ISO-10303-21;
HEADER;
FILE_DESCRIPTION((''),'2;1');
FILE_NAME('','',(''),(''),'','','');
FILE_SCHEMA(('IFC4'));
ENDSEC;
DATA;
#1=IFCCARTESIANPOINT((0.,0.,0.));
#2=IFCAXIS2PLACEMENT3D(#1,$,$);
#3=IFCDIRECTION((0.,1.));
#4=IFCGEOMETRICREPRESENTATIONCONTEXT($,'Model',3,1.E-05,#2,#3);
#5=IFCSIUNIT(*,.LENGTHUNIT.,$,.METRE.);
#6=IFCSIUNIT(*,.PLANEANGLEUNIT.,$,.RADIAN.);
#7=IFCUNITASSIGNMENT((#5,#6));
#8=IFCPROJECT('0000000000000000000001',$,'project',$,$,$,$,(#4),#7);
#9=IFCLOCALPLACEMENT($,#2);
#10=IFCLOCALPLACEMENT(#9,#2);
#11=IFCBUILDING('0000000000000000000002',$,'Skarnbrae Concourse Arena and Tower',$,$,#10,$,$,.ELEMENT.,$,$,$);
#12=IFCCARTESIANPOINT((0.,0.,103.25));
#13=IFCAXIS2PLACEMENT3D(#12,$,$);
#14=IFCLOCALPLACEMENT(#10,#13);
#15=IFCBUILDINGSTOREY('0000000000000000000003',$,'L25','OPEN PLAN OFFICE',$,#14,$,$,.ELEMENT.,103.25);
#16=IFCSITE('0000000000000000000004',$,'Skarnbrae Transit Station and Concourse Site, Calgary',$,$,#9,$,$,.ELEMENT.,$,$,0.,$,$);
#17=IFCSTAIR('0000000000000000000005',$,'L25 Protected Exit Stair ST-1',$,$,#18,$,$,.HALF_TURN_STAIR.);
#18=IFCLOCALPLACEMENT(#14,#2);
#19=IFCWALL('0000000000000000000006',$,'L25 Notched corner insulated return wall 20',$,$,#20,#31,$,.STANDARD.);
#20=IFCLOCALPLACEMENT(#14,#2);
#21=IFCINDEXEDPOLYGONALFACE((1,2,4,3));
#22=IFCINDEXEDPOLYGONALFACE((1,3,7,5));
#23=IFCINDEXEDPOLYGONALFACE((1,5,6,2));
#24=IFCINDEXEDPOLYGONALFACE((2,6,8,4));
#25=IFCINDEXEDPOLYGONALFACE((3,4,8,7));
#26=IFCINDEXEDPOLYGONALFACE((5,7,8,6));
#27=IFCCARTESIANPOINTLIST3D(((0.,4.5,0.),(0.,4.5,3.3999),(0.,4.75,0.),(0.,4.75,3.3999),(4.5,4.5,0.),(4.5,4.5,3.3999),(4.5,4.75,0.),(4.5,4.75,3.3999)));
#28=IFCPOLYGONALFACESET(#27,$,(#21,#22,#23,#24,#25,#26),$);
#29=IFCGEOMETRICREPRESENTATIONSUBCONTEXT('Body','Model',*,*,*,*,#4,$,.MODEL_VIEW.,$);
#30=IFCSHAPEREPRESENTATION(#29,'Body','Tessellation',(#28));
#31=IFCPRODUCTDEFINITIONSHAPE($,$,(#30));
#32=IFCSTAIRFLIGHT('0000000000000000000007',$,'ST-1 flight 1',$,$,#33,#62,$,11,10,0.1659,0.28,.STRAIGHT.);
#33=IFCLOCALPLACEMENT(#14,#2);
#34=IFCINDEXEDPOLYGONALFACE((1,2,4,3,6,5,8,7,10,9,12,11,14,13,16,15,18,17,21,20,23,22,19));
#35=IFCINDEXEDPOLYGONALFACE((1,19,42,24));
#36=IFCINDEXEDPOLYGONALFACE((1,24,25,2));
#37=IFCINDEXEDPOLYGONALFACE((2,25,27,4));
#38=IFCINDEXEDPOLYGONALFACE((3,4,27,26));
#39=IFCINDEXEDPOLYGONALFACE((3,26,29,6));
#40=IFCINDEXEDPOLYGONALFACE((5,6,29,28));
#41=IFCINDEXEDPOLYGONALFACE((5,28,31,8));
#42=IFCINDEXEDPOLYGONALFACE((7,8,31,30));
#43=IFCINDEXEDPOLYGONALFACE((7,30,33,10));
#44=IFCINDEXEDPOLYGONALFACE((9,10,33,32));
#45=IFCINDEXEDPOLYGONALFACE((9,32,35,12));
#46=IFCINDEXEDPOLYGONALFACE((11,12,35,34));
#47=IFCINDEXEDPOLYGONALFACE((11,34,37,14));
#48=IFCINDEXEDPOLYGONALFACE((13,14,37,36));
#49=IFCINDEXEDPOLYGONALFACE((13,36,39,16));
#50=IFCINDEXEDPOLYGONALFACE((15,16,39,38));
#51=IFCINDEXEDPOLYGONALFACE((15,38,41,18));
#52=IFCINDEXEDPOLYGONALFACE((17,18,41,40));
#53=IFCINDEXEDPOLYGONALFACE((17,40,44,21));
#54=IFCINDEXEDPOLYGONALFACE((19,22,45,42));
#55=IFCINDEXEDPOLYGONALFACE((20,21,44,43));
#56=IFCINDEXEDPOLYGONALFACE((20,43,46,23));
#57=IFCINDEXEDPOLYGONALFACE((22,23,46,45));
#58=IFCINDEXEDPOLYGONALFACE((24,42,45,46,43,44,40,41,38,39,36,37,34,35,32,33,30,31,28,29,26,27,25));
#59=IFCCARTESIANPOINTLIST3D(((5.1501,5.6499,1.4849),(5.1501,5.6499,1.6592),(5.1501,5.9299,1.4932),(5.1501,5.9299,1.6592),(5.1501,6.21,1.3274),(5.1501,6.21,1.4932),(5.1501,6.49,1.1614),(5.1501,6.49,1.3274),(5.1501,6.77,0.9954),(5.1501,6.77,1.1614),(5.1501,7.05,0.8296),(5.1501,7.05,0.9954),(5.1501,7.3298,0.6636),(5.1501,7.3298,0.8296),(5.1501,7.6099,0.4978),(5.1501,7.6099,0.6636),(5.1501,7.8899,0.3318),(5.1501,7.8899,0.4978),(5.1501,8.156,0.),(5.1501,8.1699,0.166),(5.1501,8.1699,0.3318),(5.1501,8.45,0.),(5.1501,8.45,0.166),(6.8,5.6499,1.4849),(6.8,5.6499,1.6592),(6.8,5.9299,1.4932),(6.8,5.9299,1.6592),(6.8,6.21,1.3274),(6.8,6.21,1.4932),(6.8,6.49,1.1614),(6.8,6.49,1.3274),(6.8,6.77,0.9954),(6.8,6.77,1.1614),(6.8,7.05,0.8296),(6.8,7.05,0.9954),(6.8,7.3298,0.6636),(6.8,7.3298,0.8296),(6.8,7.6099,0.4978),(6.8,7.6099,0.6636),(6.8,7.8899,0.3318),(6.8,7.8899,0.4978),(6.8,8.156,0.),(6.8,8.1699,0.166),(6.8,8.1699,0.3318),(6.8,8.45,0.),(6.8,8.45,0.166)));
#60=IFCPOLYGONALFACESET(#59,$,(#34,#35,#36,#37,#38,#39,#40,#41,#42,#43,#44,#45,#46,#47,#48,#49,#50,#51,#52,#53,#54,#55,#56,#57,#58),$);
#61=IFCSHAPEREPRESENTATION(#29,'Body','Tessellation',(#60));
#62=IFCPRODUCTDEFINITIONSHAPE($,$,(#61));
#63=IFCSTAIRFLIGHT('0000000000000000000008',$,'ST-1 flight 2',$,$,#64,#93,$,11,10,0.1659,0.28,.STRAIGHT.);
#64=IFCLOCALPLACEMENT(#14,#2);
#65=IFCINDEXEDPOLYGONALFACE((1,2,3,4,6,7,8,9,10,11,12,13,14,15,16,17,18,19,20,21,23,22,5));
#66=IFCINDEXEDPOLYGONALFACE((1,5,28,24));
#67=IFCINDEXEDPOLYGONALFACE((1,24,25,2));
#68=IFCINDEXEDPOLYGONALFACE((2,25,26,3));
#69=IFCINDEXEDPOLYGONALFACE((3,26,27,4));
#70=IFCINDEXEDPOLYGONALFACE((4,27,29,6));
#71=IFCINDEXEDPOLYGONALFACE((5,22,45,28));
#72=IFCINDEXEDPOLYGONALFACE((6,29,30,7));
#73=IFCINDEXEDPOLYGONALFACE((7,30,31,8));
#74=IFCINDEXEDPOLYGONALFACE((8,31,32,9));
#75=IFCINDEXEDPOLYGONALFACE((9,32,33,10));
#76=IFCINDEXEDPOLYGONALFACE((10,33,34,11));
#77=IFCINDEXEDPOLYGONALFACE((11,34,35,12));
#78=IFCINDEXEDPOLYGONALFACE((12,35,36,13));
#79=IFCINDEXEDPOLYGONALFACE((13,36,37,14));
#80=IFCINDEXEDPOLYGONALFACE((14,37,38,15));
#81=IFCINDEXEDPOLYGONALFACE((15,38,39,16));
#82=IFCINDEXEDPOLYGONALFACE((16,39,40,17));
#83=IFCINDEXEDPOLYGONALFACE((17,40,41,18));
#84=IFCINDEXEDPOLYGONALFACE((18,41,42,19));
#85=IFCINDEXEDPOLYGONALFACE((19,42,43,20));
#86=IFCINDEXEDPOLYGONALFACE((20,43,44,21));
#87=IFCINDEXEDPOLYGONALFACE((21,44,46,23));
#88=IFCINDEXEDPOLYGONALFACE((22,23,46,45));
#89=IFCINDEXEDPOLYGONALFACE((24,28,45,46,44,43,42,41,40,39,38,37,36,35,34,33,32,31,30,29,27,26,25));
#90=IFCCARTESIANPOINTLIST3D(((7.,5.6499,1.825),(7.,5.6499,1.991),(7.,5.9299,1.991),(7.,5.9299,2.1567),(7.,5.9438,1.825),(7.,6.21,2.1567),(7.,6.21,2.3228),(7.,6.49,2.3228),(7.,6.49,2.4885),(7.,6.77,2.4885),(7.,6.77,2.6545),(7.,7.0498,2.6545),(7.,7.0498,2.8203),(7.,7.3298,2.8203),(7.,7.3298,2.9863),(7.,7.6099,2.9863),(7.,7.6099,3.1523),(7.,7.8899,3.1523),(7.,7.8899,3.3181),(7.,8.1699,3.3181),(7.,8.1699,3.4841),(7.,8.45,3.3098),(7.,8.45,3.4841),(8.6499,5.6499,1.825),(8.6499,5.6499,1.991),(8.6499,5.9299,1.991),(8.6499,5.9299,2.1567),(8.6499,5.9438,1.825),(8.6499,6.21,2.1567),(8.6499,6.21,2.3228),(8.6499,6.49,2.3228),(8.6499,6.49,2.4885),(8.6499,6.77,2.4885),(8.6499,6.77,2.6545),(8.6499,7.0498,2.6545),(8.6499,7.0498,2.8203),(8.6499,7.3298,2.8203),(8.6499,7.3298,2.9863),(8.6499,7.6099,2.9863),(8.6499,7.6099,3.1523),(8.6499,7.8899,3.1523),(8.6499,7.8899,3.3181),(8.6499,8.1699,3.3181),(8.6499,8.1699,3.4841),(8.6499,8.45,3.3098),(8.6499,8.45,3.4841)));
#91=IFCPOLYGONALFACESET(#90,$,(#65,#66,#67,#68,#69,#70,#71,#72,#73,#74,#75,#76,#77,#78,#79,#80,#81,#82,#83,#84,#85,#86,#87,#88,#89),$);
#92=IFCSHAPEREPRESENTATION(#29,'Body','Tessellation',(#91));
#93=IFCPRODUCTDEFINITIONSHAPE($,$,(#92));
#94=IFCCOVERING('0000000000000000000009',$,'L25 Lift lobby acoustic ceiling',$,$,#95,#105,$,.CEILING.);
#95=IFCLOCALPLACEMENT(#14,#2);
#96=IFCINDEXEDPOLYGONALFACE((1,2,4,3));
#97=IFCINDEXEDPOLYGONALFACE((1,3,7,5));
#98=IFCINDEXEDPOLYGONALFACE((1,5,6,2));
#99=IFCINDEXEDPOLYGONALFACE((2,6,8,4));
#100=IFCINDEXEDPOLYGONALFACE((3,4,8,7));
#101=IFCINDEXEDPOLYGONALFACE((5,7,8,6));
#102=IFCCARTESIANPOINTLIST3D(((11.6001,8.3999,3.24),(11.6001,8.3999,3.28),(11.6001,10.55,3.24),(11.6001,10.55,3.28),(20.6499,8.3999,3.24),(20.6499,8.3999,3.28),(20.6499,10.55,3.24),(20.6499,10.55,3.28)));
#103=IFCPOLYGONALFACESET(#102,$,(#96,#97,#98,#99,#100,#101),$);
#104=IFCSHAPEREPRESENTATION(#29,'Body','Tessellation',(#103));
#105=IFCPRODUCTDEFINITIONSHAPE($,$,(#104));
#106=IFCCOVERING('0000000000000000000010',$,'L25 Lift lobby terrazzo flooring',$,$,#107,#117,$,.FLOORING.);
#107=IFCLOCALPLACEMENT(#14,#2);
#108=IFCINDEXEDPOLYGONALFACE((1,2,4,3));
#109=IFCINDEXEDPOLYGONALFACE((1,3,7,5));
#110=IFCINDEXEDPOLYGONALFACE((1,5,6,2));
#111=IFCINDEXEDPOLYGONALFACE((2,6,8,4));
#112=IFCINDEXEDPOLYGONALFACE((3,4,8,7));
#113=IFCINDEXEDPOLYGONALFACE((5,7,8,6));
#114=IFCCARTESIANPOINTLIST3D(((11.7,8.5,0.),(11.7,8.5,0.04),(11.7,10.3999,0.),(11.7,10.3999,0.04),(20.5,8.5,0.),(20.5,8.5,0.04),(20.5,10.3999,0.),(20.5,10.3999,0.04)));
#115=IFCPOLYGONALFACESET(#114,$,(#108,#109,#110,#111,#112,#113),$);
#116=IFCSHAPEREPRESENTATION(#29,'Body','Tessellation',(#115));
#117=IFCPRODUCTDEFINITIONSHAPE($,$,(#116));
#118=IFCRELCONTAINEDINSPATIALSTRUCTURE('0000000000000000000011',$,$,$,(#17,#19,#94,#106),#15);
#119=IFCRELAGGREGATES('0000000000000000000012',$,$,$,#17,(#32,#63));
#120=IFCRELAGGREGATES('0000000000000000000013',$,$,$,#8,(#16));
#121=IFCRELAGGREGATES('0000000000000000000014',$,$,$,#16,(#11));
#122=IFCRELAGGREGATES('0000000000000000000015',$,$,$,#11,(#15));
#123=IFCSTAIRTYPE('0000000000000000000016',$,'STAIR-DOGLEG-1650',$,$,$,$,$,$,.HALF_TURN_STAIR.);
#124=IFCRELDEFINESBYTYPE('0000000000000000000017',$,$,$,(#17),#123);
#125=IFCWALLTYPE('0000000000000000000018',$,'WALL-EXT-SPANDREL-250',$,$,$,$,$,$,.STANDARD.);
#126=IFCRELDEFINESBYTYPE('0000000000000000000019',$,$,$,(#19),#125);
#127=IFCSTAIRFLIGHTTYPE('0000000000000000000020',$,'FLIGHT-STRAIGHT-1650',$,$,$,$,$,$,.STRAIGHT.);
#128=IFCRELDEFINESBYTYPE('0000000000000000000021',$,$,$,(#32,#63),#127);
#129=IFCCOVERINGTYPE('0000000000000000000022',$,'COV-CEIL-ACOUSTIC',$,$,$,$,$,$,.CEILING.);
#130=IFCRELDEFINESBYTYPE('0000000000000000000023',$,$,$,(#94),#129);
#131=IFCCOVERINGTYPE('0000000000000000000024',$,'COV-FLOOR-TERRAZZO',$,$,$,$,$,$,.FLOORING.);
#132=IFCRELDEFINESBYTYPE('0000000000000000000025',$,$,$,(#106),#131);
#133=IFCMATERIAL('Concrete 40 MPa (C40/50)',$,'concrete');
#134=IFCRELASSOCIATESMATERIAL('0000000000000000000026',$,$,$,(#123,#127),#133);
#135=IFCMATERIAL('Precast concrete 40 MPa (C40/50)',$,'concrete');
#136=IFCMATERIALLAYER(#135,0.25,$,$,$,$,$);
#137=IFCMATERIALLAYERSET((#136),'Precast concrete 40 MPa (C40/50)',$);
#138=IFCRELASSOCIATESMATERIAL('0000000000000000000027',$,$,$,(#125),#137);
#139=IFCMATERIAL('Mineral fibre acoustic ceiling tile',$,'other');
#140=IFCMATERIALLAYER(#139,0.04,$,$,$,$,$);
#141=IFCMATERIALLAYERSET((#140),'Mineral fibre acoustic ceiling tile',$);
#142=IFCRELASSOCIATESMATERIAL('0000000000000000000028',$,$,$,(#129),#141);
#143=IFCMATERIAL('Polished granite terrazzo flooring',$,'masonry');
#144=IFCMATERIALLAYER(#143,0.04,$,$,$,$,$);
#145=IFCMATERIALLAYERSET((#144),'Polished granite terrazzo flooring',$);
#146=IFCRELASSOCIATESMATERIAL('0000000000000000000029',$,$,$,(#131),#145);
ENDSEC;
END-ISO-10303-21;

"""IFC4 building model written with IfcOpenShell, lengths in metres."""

from ifc_helpers import new_model, si_unit, direction, frame, frame_2d, origin, place, context, subcontext, project, spatial, polyline, rectangle, outline, extrude, source, transform, mapped, material, layer, layer_set, type_object, element, aggregate, save


model = new_model("IFC4")

# Units and contexts
model_context = context("Model", 3, precision=1e-05, world=origin(), true_north=direction((0.0, 1.0)))
body_context = subcontext(model_context, "Body", "Model", "MODEL_VIEW")
ifc_project = project(units=[si_unit("LENGTHUNIT", "METRE"), si_unit("PLANEANGLEUNIT", "RADIAN")], contexts=[model_context])

# Site, building, storey
site_placement = place(None, origin())
site = spatial("IfcSite", under=ifc_project, at=site_placement, Name="Skarnbrae Transit Station and Concourse Site, Calgary", CompositionType="ELEMENT", RefElevation=0.0)
building_placement = place(site_placement, origin())
building = spatial("IfcBuilding", under=site, at=building_placement, Name="Skarnbrae Concourse Arena and Tower", CompositionType="ELEMENT")
storey_placement = place(building_placement, frame((0.0, 0.0, 103.25)))
storey = spatial("IfcBuildingStorey", under=building, at=storey_placement, Name="L25", Description="OPEN PLAN OFFICE", CompositionType="ELEMENT", Elevation=103.25)

# Stair
ifc_material_1 = material(Name="Concrete 40 MPa (C40/50)", Category="concrete")
stair_type = type_object("IfcStairType", Name="STAIR-DOGLEG-1650", PredefinedType="HALF_TURN_STAIR", material=ifc_material_1)
stair_1_placement = place(storey_placement, origin())
stair_1 = element("IfcStair", 1, at=stair_1_placement, inside=storey, type_object=stair_type, Name="L25 Protected Exit Stair ST-1", PredefinedType="HALF_TURN_STAIR")

# Wall
ifc_material_2 = material(Name="Precast concrete 40 MPa (C40/50)", Category="concrete")
ifc_layer_1 = layer(ifc_material_2, 0.25)
ifc_layer_set_1 = layer_set([ifc_layer_1], Name="Precast concrete 40 MPa (C40/50)")
wall_type_1 = type_object("IfcWallType", Name="WALL-EXT-SPANDREL-250", PredefinedType="STANDARD", material=ifc_layer_set_1)
shared_shape_1 = source(origin(), body_context, "Body", "SweptSolid", [
    extrude(rectangle(XDim=4.5, YDim=0.25, at=frame_2d((2.25, 0.0))), origin(), (0.0, 0.0, 1.0), 3.3999),
])
wall_1_placement = place(storey_placement, frame((0.0, 4.625, 0.0), z_axis=(0.0, 0.0, 1.0), x_axis=(1.0, 0.0, 0.0)))
element("IfcWall", 2, at=wall_1_placement, inside=storey, type_object=wall_type_1, Name="L25 Notched corner insulated return wall 20", PredefinedType="STANDARD", context=body_context, shape_type="MappedRepresentation", body=[
    mapped(shared_shape_1, transform((0.0, 0.0, 0.0))),
])

# Stair flights
stair_flight_type = type_object("IfcStairFlightType", Name="FLIGHT-STRAIGHT-1650", PredefinedType="STRAIGHT", material=ifc_material_1)
shared_shape_2 = source(origin(), body_context, "Body", "SweptSolid", [
    extrude(outline(polyline([(0.0, 0.0), (0.0, 0.166), (0.28, 0.166), (0.28, 0.3318), (0.5601, 0.3318), (0.5601, 0.4978), (0.8401, 0.4978), (0.8401, 0.6636), (1.1201, 0.6636), (1.1201, 0.8296), (1.3999, 0.8296), (1.3999, 0.9954), (1.6799, 0.9954), (1.6799, 1.1614), (1.96, 1.1614), (1.96, 1.3274), (2.24, 1.3274), (2.24, 1.4932), (2.52, 1.4932), (2.52, 1.6592), (2.8, 1.6592), (2.8, 1.825), (2.8, 1.4849), (0.2939, 0.0), (0.0, 0.0)])), frame((0.0, 0.825, 0.0), z_axis=(0.0, -1.0, 0.0), x_axis=(1.0, 0.0, 0.0)), (0.0, 0.0, 1.0), 1.6499),
])
stair_flight_1_placement = place(storey_placement, frame((5.9751, 8.45, 0.0), z_axis=(0.0, 0.0, 1.0), x_axis=(0.0, -1.0, 0.0)))
stair_flight_1 = element("IfcStairFlight", 3, at=stair_flight_1_placement, type_object=stair_flight_type, Name="ST-1 flight 1", NumberOfRisers=11, NumberOfTreads=10, PredefinedType="STRAIGHT", RiserHeight=0.1659, TreadLength=0.28, context=body_context, shape_type="MappedRepresentation", body=[
    mapped(shared_shape_2, transform((0.0, 0.0, 0.0))),
])
stair_flight_2_placement = place(storey_placement, frame((7.825, 5.6499, 1.825), z_axis=(0.0, 0.0, 1.0), x_axis=(0.0, 1.0, 0.0)))
stair_flight_2 = element("IfcStairFlight", 4, at=stair_flight_2_placement, type_object=stair_flight_type, Name="ST-1 flight 2", NumberOfRisers=11, NumberOfTreads=10, PredefinedType="STRAIGHT", RiserHeight=0.1659, TreadLength=0.28, context=body_context, shape_type="MappedRepresentation", body=[
    mapped(shared_shape_2, transform((0.0, 0.0, 0.0))),
])
aggregate(stair_1, [stair_flight_1, stair_flight_2])

# Coverings
ifc_material_3 = material(Name="Mineral fibre acoustic ceiling tile", Category="other")
ifc_layer_2 = layer(ifc_material_3, 0.04)
ifc_layer_set_2 = layer_set([ifc_layer_2], Name="Mineral fibre acoustic ceiling tile")
covering_type_1 = type_object("IfcCoveringType", Name="COV-CEIL-ACOUSTIC", PredefinedType="CEILING", material=ifc_layer_set_2)
covering_1_placement = place(storey_placement, frame((0.0, 0.0, 3.24)))
element("IfcCovering", 5, at=covering_1_placement, inside=storey, type_object=covering_type_1, Name="L25 Lift lobby acoustic ceiling", PredefinedType="CEILING", context=body_context, shape_type="SweptSolid", body=[
    extrude(outline(polyline([(11.6001, 8.3999), (20.6499, 8.3999), (20.6499, 10.55), (11.6001, 10.55), (11.6001, 8.3999)])), origin(), (0.0, 0.0, 1.0), 0.04),
])
ifc_material_4 = material(Name="Polished granite terrazzo flooring", Category="masonry")
ifc_layer_3 = layer(ifc_material_4, 0.04)
ifc_layer_set_3 = layer_set([ifc_layer_3], Name="Polished granite terrazzo flooring")
covering_type_2 = type_object("IfcCoveringType", Name="COV-FLOOR-TERRAZZO", PredefinedType="FLOORING", material=ifc_layer_set_3)
covering_2_placement = place(storey_placement, origin())
element("IfcCovering", 6, at=covering_2_placement, inside=storey, type_object=covering_type_2, Name="L25 Lift lobby terrazzo flooring", PredefinedType="FLOORING", context=body_context, shape_type="SweptSolid", body=[
    extrude(outline(polyline([(11.7, 8.5), (20.5, 8.5), (20.5, 10.3999), (11.7, 10.3999), (11.7, 8.5)])), origin(), (0.0, 0.0, 1.0), 0.04),
])

save(model, "model.ifc")
